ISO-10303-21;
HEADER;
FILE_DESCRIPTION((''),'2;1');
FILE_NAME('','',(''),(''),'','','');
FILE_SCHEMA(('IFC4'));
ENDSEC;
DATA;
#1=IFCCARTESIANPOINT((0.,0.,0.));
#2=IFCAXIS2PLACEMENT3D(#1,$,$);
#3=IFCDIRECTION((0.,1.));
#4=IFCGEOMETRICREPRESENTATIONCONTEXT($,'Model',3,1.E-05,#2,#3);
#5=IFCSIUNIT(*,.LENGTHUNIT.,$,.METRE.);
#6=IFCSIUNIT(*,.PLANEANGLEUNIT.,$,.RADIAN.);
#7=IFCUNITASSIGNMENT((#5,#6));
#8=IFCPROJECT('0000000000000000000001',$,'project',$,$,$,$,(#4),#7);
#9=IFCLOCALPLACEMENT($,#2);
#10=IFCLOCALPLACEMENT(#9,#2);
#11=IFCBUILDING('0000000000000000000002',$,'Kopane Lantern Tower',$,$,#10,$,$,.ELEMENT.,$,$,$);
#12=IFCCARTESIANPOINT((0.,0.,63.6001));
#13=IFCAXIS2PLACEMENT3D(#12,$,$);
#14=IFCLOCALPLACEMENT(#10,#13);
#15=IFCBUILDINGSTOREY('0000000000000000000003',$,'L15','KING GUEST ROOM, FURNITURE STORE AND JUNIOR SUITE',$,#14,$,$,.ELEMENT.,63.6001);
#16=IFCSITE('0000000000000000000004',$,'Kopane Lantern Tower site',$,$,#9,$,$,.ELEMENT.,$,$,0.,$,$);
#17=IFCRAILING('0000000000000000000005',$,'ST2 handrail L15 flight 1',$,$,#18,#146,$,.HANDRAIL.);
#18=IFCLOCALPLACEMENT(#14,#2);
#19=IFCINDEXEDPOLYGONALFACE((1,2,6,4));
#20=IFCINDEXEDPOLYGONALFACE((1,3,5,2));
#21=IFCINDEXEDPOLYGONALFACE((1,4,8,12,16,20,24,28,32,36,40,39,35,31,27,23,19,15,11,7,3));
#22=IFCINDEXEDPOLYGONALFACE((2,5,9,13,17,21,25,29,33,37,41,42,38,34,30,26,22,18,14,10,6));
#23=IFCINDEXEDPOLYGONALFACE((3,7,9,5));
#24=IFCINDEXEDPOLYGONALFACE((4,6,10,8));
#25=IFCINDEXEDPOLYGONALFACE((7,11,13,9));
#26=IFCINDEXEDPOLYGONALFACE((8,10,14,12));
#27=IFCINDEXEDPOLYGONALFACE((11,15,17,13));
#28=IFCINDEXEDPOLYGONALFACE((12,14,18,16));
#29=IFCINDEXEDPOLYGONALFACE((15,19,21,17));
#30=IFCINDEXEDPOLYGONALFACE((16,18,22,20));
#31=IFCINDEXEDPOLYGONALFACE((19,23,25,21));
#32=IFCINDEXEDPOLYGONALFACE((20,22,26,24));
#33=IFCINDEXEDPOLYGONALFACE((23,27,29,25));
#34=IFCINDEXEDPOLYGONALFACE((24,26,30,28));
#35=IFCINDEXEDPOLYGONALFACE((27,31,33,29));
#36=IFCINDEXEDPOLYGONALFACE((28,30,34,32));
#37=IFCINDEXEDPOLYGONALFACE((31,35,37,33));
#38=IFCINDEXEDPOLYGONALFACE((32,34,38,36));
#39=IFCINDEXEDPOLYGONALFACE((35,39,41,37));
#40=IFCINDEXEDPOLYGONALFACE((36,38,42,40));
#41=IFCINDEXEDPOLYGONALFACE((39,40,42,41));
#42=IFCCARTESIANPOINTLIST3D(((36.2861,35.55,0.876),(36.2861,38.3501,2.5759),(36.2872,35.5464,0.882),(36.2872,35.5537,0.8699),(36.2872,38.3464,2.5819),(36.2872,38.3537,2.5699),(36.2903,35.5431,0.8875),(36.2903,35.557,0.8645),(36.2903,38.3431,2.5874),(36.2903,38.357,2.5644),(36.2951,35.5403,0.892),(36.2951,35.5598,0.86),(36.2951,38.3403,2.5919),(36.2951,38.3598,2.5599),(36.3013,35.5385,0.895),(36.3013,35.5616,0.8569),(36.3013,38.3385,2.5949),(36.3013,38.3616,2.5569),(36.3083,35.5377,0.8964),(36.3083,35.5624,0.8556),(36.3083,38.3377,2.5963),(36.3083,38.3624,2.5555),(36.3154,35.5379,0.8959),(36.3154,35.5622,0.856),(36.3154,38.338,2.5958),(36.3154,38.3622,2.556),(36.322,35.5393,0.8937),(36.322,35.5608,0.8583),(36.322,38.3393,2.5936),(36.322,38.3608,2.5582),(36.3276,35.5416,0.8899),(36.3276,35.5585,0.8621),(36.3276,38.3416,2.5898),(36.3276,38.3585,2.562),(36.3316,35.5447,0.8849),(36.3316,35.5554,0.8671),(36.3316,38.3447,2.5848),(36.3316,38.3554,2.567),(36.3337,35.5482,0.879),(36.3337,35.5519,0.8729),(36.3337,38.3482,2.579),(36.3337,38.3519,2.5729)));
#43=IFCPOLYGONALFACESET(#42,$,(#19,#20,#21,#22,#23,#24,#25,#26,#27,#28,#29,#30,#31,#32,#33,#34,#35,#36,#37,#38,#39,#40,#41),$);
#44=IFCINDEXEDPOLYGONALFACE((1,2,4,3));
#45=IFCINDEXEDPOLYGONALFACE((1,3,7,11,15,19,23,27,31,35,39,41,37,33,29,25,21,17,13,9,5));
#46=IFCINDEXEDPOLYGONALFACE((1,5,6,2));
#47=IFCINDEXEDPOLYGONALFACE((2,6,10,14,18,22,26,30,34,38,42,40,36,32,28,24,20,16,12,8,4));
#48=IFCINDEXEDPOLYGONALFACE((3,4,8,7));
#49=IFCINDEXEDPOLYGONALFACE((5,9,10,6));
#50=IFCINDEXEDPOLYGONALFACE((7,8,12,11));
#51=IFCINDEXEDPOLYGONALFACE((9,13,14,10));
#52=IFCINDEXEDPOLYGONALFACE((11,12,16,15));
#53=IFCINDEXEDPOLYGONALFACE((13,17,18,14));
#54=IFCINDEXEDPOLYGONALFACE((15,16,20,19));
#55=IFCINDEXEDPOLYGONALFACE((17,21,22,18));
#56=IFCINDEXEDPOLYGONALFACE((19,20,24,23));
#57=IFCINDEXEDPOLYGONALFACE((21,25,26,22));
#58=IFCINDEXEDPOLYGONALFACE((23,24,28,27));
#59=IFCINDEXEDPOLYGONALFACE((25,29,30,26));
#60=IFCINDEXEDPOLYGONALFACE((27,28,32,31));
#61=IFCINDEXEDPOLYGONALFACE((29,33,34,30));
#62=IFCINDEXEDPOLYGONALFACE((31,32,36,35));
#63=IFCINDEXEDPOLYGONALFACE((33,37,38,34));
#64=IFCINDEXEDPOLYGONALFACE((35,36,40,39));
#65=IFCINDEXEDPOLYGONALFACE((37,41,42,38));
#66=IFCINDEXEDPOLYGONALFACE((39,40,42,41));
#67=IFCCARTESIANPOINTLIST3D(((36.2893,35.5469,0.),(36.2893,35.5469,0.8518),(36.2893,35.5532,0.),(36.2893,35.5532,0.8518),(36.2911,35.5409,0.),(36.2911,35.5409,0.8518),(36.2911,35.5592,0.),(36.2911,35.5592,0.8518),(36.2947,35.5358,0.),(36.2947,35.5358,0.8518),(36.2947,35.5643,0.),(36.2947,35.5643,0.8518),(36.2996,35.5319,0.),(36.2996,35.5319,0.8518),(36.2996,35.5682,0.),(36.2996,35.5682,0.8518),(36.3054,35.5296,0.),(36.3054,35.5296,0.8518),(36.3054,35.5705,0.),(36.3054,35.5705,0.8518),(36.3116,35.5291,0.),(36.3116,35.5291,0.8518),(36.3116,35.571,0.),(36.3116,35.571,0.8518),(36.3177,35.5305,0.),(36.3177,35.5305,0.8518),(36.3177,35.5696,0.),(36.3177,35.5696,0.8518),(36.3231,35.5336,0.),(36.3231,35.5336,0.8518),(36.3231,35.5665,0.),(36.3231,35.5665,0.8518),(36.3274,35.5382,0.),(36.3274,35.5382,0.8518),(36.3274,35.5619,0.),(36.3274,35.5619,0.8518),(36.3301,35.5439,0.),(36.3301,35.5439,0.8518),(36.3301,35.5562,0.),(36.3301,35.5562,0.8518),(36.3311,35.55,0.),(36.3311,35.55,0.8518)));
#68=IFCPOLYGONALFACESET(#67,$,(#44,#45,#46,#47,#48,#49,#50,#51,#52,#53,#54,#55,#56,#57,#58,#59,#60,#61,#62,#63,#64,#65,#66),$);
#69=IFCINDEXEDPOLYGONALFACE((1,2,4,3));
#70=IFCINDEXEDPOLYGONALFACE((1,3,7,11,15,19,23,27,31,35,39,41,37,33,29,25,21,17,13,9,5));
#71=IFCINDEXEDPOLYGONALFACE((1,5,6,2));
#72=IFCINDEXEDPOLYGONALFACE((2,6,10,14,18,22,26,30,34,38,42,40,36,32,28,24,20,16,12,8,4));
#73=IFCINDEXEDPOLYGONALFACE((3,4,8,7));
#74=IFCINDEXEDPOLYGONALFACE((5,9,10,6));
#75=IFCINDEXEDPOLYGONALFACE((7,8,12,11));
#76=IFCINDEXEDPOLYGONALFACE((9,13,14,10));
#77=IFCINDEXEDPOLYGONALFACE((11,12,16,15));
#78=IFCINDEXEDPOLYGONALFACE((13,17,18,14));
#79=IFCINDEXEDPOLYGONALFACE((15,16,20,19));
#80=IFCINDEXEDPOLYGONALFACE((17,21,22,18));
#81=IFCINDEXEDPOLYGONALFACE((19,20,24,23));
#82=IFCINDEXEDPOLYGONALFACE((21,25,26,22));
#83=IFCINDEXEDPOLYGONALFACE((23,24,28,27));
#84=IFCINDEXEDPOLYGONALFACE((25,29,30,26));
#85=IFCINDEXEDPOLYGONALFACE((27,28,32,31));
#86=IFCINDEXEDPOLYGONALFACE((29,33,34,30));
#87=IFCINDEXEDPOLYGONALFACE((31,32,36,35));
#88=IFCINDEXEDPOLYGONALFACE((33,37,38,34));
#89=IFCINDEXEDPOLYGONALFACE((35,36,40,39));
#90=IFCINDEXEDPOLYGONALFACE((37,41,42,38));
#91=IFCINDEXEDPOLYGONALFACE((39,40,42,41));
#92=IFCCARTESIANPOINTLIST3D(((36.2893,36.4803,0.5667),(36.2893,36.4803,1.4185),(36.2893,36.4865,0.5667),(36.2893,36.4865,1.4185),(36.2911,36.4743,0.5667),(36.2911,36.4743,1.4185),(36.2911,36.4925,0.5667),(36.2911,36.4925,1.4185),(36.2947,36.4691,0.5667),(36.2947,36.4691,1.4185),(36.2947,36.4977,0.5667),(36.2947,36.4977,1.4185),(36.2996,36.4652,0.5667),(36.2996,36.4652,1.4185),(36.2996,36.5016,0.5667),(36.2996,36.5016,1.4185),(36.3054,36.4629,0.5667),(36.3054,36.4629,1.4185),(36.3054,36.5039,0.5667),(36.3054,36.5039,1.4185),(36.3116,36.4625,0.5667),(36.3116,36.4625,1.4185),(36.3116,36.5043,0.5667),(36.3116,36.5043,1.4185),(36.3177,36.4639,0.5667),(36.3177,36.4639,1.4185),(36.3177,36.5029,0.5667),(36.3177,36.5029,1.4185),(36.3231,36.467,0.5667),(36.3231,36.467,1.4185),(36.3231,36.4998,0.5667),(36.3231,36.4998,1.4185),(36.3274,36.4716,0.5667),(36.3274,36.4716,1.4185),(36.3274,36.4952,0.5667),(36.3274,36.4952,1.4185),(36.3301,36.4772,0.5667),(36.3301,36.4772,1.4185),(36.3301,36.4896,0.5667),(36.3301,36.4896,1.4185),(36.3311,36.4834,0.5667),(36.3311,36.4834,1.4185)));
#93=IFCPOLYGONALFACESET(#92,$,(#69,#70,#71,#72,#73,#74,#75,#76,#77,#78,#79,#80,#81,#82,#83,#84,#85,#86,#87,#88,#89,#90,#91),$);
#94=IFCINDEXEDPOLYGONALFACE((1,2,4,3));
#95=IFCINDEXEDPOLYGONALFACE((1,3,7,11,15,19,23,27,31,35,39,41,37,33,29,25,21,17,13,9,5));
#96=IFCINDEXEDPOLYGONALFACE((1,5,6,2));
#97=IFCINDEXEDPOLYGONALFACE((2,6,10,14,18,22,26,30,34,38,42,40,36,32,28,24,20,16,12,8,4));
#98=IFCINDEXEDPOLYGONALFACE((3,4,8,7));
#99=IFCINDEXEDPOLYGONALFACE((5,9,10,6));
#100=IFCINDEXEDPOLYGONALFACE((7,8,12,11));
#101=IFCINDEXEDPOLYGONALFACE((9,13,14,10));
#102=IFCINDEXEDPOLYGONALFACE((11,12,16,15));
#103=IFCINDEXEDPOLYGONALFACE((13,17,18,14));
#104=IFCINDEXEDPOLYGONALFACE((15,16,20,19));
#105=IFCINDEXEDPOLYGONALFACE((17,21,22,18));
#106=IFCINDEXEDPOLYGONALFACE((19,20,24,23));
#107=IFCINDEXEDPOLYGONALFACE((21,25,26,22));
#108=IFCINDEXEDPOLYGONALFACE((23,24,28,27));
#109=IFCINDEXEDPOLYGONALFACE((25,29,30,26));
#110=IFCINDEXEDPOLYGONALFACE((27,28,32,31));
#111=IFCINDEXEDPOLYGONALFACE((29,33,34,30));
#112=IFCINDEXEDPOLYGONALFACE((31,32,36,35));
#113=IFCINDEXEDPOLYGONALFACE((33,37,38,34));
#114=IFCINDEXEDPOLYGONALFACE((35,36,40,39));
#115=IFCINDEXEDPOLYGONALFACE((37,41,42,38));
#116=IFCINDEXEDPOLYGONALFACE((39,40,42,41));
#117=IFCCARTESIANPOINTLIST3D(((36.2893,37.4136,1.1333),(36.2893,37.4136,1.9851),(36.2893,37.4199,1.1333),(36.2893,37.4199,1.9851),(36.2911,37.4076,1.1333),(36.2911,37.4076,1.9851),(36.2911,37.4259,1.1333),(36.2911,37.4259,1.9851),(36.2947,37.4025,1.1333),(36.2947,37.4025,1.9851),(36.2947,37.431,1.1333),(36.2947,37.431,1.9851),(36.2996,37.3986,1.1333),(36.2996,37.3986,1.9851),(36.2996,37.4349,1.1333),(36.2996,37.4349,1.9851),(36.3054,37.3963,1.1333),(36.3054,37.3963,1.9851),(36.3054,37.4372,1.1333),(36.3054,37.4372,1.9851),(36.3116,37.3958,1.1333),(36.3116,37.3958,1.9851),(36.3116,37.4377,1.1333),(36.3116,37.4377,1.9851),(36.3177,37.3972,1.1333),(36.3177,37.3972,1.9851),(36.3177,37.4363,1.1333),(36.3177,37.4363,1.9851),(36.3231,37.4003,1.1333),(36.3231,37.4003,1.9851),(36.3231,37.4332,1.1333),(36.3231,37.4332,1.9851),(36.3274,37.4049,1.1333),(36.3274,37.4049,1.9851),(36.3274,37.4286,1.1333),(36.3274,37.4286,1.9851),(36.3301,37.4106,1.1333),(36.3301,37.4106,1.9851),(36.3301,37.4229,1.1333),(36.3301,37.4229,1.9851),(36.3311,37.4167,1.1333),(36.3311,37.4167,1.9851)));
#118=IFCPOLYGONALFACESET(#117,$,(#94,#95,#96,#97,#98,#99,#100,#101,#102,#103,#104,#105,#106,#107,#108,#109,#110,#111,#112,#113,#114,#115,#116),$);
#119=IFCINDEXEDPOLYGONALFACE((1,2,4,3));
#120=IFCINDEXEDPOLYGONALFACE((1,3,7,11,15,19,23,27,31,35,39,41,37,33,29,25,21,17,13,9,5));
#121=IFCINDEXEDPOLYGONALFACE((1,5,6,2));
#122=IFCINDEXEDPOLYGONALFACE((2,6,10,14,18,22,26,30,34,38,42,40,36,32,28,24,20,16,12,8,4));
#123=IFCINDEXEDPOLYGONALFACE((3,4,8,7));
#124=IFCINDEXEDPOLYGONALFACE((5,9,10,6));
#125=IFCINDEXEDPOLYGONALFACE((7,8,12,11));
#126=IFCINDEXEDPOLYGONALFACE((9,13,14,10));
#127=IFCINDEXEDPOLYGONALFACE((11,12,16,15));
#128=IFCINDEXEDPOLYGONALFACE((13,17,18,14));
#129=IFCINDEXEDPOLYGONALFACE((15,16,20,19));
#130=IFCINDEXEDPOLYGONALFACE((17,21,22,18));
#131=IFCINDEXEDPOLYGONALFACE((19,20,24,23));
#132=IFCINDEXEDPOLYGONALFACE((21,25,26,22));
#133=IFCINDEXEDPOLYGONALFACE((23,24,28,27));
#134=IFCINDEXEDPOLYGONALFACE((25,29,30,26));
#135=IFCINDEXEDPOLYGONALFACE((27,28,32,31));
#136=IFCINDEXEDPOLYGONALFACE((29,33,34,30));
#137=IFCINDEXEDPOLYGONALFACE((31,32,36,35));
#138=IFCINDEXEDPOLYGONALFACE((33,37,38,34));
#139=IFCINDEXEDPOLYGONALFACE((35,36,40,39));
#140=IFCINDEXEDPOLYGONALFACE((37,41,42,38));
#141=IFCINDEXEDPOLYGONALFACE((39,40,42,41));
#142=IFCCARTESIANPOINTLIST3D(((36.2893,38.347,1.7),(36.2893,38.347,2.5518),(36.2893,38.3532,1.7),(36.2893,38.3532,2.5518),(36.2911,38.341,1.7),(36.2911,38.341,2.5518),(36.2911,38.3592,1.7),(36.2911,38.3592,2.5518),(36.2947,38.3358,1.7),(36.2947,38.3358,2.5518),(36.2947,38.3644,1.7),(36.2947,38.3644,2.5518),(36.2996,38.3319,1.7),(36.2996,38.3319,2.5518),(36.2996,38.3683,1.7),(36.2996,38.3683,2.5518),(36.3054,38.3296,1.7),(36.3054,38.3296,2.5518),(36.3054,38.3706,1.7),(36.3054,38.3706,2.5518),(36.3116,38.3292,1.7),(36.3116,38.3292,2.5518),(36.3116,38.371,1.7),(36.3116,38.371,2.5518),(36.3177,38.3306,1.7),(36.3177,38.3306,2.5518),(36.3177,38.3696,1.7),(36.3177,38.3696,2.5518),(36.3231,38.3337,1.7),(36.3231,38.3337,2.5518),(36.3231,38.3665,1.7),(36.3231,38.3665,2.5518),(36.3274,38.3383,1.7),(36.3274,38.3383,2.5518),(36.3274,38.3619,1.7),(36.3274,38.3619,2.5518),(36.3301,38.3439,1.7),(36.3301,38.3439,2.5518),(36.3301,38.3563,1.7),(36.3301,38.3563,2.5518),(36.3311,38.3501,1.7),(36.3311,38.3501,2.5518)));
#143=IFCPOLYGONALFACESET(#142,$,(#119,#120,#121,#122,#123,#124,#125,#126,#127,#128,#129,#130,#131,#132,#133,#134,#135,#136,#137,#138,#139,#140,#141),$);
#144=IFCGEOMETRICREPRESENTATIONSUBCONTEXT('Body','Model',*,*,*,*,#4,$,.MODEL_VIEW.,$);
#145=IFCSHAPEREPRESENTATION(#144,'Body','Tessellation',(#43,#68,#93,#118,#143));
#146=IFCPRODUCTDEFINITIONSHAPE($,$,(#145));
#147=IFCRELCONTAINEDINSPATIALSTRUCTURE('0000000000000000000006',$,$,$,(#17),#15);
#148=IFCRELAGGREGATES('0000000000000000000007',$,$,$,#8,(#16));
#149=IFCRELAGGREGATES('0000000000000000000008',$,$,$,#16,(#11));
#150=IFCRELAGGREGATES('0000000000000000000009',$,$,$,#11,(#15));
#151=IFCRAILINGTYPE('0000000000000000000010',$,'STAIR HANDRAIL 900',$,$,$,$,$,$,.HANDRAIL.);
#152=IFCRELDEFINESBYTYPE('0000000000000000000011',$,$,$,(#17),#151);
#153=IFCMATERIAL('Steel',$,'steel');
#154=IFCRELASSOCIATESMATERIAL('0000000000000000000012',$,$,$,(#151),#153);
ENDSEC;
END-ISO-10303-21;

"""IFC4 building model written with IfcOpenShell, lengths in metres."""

from ifc_helpers import new_model, si_unit, direction, frame, origin, origin_2d, place, context, subcontext, project, spatial, circle, extrude, material, type_object, element, save


model = new_model("IFC4")

# Units and contexts
model_context = context("Model", 3, precision=1e-05, world=origin(), true_north=direction((0.0, 1.0)))
body_context = subcontext(model_context, "Body", "Model", "MODEL_VIEW")
ifc_project = project(units=[si_unit("LENGTHUNIT", "METRE"), si_unit("PLANEANGLEUNIT", "RADIAN")], contexts=[model_context])

# Site, building, storey
site_placement = place(None, origin())
site = spatial("IfcSite", under=ifc_project, at=site_placement, Name="Kopane Lantern Tower site", CompositionType="ELEMENT", RefElevation=0.0)
building_placement = place(site_placement, origin())
building = spatial("IfcBuilding", under=site, at=building_placement, Name="Kopane Lantern Tower", CompositionType="ELEMENT")
storey_placement = place(building_placement, frame((0.0, 0.0, 63.6001)))
storey = spatial("IfcBuildingStorey", under=building, at=storey_placement, Name="L15", Description="KING GUEST ROOM, FURNITURE STORE AND JUNIOR SUITE", CompositionType="ELEMENT", Elevation=63.6001)

# Railing
ifc_material_1 = material(Name="Steel", Category="steel")
railing_type = type_object("IfcRailingType", Name="STAIR HANDRAIL 900", PredefinedType="HANDRAIL", material=ifc_material_1)
for number, where, name in (
    (1, (36.3101, 35.55, 0.0), "ST2 handrail L15 flight 1"),
):
    element("IfcRailing", number, at=place(storey_placement, frame(where)), inside=storey, type_object=railing_type, Name=name, PredefinedType="HANDRAIL", context=body_context, shape_type="SweptSolid", body=[
        extrude(circle(Radius=0.0239, at=origin_2d()), frame((0.0, 0.0, 0.876), z_axis=(0.0, 0.854798, 0.518961), x_axis=(-1.0, 0.0, 0.0)), (0.0, 0.0, 1.0), 3.2756),
        extrude(circle(Radius=0.021, at=origin_2d()), origin(), (0.0, 0.0, 1.0), 0.8518),
        extrude(circle(Radius=0.021, at=origin_2d()), frame((0.0, 0.9333, 0.5667)), (0.0, 0.0, 1.0), 0.8518),
        extrude(circle(Radius=0.021, at=origin_2d()), frame((0.0, 1.8667, 1.1333)), (0.0, 0.0, 1.0), 0.8518),
        extrude(circle(Radius=0.021, at=origin_2d()), frame((0.0, 2.8, 1.7)), (0.0, 0.0, 1.0), 0.8518),
    ])

save(model, "model.ifc")
